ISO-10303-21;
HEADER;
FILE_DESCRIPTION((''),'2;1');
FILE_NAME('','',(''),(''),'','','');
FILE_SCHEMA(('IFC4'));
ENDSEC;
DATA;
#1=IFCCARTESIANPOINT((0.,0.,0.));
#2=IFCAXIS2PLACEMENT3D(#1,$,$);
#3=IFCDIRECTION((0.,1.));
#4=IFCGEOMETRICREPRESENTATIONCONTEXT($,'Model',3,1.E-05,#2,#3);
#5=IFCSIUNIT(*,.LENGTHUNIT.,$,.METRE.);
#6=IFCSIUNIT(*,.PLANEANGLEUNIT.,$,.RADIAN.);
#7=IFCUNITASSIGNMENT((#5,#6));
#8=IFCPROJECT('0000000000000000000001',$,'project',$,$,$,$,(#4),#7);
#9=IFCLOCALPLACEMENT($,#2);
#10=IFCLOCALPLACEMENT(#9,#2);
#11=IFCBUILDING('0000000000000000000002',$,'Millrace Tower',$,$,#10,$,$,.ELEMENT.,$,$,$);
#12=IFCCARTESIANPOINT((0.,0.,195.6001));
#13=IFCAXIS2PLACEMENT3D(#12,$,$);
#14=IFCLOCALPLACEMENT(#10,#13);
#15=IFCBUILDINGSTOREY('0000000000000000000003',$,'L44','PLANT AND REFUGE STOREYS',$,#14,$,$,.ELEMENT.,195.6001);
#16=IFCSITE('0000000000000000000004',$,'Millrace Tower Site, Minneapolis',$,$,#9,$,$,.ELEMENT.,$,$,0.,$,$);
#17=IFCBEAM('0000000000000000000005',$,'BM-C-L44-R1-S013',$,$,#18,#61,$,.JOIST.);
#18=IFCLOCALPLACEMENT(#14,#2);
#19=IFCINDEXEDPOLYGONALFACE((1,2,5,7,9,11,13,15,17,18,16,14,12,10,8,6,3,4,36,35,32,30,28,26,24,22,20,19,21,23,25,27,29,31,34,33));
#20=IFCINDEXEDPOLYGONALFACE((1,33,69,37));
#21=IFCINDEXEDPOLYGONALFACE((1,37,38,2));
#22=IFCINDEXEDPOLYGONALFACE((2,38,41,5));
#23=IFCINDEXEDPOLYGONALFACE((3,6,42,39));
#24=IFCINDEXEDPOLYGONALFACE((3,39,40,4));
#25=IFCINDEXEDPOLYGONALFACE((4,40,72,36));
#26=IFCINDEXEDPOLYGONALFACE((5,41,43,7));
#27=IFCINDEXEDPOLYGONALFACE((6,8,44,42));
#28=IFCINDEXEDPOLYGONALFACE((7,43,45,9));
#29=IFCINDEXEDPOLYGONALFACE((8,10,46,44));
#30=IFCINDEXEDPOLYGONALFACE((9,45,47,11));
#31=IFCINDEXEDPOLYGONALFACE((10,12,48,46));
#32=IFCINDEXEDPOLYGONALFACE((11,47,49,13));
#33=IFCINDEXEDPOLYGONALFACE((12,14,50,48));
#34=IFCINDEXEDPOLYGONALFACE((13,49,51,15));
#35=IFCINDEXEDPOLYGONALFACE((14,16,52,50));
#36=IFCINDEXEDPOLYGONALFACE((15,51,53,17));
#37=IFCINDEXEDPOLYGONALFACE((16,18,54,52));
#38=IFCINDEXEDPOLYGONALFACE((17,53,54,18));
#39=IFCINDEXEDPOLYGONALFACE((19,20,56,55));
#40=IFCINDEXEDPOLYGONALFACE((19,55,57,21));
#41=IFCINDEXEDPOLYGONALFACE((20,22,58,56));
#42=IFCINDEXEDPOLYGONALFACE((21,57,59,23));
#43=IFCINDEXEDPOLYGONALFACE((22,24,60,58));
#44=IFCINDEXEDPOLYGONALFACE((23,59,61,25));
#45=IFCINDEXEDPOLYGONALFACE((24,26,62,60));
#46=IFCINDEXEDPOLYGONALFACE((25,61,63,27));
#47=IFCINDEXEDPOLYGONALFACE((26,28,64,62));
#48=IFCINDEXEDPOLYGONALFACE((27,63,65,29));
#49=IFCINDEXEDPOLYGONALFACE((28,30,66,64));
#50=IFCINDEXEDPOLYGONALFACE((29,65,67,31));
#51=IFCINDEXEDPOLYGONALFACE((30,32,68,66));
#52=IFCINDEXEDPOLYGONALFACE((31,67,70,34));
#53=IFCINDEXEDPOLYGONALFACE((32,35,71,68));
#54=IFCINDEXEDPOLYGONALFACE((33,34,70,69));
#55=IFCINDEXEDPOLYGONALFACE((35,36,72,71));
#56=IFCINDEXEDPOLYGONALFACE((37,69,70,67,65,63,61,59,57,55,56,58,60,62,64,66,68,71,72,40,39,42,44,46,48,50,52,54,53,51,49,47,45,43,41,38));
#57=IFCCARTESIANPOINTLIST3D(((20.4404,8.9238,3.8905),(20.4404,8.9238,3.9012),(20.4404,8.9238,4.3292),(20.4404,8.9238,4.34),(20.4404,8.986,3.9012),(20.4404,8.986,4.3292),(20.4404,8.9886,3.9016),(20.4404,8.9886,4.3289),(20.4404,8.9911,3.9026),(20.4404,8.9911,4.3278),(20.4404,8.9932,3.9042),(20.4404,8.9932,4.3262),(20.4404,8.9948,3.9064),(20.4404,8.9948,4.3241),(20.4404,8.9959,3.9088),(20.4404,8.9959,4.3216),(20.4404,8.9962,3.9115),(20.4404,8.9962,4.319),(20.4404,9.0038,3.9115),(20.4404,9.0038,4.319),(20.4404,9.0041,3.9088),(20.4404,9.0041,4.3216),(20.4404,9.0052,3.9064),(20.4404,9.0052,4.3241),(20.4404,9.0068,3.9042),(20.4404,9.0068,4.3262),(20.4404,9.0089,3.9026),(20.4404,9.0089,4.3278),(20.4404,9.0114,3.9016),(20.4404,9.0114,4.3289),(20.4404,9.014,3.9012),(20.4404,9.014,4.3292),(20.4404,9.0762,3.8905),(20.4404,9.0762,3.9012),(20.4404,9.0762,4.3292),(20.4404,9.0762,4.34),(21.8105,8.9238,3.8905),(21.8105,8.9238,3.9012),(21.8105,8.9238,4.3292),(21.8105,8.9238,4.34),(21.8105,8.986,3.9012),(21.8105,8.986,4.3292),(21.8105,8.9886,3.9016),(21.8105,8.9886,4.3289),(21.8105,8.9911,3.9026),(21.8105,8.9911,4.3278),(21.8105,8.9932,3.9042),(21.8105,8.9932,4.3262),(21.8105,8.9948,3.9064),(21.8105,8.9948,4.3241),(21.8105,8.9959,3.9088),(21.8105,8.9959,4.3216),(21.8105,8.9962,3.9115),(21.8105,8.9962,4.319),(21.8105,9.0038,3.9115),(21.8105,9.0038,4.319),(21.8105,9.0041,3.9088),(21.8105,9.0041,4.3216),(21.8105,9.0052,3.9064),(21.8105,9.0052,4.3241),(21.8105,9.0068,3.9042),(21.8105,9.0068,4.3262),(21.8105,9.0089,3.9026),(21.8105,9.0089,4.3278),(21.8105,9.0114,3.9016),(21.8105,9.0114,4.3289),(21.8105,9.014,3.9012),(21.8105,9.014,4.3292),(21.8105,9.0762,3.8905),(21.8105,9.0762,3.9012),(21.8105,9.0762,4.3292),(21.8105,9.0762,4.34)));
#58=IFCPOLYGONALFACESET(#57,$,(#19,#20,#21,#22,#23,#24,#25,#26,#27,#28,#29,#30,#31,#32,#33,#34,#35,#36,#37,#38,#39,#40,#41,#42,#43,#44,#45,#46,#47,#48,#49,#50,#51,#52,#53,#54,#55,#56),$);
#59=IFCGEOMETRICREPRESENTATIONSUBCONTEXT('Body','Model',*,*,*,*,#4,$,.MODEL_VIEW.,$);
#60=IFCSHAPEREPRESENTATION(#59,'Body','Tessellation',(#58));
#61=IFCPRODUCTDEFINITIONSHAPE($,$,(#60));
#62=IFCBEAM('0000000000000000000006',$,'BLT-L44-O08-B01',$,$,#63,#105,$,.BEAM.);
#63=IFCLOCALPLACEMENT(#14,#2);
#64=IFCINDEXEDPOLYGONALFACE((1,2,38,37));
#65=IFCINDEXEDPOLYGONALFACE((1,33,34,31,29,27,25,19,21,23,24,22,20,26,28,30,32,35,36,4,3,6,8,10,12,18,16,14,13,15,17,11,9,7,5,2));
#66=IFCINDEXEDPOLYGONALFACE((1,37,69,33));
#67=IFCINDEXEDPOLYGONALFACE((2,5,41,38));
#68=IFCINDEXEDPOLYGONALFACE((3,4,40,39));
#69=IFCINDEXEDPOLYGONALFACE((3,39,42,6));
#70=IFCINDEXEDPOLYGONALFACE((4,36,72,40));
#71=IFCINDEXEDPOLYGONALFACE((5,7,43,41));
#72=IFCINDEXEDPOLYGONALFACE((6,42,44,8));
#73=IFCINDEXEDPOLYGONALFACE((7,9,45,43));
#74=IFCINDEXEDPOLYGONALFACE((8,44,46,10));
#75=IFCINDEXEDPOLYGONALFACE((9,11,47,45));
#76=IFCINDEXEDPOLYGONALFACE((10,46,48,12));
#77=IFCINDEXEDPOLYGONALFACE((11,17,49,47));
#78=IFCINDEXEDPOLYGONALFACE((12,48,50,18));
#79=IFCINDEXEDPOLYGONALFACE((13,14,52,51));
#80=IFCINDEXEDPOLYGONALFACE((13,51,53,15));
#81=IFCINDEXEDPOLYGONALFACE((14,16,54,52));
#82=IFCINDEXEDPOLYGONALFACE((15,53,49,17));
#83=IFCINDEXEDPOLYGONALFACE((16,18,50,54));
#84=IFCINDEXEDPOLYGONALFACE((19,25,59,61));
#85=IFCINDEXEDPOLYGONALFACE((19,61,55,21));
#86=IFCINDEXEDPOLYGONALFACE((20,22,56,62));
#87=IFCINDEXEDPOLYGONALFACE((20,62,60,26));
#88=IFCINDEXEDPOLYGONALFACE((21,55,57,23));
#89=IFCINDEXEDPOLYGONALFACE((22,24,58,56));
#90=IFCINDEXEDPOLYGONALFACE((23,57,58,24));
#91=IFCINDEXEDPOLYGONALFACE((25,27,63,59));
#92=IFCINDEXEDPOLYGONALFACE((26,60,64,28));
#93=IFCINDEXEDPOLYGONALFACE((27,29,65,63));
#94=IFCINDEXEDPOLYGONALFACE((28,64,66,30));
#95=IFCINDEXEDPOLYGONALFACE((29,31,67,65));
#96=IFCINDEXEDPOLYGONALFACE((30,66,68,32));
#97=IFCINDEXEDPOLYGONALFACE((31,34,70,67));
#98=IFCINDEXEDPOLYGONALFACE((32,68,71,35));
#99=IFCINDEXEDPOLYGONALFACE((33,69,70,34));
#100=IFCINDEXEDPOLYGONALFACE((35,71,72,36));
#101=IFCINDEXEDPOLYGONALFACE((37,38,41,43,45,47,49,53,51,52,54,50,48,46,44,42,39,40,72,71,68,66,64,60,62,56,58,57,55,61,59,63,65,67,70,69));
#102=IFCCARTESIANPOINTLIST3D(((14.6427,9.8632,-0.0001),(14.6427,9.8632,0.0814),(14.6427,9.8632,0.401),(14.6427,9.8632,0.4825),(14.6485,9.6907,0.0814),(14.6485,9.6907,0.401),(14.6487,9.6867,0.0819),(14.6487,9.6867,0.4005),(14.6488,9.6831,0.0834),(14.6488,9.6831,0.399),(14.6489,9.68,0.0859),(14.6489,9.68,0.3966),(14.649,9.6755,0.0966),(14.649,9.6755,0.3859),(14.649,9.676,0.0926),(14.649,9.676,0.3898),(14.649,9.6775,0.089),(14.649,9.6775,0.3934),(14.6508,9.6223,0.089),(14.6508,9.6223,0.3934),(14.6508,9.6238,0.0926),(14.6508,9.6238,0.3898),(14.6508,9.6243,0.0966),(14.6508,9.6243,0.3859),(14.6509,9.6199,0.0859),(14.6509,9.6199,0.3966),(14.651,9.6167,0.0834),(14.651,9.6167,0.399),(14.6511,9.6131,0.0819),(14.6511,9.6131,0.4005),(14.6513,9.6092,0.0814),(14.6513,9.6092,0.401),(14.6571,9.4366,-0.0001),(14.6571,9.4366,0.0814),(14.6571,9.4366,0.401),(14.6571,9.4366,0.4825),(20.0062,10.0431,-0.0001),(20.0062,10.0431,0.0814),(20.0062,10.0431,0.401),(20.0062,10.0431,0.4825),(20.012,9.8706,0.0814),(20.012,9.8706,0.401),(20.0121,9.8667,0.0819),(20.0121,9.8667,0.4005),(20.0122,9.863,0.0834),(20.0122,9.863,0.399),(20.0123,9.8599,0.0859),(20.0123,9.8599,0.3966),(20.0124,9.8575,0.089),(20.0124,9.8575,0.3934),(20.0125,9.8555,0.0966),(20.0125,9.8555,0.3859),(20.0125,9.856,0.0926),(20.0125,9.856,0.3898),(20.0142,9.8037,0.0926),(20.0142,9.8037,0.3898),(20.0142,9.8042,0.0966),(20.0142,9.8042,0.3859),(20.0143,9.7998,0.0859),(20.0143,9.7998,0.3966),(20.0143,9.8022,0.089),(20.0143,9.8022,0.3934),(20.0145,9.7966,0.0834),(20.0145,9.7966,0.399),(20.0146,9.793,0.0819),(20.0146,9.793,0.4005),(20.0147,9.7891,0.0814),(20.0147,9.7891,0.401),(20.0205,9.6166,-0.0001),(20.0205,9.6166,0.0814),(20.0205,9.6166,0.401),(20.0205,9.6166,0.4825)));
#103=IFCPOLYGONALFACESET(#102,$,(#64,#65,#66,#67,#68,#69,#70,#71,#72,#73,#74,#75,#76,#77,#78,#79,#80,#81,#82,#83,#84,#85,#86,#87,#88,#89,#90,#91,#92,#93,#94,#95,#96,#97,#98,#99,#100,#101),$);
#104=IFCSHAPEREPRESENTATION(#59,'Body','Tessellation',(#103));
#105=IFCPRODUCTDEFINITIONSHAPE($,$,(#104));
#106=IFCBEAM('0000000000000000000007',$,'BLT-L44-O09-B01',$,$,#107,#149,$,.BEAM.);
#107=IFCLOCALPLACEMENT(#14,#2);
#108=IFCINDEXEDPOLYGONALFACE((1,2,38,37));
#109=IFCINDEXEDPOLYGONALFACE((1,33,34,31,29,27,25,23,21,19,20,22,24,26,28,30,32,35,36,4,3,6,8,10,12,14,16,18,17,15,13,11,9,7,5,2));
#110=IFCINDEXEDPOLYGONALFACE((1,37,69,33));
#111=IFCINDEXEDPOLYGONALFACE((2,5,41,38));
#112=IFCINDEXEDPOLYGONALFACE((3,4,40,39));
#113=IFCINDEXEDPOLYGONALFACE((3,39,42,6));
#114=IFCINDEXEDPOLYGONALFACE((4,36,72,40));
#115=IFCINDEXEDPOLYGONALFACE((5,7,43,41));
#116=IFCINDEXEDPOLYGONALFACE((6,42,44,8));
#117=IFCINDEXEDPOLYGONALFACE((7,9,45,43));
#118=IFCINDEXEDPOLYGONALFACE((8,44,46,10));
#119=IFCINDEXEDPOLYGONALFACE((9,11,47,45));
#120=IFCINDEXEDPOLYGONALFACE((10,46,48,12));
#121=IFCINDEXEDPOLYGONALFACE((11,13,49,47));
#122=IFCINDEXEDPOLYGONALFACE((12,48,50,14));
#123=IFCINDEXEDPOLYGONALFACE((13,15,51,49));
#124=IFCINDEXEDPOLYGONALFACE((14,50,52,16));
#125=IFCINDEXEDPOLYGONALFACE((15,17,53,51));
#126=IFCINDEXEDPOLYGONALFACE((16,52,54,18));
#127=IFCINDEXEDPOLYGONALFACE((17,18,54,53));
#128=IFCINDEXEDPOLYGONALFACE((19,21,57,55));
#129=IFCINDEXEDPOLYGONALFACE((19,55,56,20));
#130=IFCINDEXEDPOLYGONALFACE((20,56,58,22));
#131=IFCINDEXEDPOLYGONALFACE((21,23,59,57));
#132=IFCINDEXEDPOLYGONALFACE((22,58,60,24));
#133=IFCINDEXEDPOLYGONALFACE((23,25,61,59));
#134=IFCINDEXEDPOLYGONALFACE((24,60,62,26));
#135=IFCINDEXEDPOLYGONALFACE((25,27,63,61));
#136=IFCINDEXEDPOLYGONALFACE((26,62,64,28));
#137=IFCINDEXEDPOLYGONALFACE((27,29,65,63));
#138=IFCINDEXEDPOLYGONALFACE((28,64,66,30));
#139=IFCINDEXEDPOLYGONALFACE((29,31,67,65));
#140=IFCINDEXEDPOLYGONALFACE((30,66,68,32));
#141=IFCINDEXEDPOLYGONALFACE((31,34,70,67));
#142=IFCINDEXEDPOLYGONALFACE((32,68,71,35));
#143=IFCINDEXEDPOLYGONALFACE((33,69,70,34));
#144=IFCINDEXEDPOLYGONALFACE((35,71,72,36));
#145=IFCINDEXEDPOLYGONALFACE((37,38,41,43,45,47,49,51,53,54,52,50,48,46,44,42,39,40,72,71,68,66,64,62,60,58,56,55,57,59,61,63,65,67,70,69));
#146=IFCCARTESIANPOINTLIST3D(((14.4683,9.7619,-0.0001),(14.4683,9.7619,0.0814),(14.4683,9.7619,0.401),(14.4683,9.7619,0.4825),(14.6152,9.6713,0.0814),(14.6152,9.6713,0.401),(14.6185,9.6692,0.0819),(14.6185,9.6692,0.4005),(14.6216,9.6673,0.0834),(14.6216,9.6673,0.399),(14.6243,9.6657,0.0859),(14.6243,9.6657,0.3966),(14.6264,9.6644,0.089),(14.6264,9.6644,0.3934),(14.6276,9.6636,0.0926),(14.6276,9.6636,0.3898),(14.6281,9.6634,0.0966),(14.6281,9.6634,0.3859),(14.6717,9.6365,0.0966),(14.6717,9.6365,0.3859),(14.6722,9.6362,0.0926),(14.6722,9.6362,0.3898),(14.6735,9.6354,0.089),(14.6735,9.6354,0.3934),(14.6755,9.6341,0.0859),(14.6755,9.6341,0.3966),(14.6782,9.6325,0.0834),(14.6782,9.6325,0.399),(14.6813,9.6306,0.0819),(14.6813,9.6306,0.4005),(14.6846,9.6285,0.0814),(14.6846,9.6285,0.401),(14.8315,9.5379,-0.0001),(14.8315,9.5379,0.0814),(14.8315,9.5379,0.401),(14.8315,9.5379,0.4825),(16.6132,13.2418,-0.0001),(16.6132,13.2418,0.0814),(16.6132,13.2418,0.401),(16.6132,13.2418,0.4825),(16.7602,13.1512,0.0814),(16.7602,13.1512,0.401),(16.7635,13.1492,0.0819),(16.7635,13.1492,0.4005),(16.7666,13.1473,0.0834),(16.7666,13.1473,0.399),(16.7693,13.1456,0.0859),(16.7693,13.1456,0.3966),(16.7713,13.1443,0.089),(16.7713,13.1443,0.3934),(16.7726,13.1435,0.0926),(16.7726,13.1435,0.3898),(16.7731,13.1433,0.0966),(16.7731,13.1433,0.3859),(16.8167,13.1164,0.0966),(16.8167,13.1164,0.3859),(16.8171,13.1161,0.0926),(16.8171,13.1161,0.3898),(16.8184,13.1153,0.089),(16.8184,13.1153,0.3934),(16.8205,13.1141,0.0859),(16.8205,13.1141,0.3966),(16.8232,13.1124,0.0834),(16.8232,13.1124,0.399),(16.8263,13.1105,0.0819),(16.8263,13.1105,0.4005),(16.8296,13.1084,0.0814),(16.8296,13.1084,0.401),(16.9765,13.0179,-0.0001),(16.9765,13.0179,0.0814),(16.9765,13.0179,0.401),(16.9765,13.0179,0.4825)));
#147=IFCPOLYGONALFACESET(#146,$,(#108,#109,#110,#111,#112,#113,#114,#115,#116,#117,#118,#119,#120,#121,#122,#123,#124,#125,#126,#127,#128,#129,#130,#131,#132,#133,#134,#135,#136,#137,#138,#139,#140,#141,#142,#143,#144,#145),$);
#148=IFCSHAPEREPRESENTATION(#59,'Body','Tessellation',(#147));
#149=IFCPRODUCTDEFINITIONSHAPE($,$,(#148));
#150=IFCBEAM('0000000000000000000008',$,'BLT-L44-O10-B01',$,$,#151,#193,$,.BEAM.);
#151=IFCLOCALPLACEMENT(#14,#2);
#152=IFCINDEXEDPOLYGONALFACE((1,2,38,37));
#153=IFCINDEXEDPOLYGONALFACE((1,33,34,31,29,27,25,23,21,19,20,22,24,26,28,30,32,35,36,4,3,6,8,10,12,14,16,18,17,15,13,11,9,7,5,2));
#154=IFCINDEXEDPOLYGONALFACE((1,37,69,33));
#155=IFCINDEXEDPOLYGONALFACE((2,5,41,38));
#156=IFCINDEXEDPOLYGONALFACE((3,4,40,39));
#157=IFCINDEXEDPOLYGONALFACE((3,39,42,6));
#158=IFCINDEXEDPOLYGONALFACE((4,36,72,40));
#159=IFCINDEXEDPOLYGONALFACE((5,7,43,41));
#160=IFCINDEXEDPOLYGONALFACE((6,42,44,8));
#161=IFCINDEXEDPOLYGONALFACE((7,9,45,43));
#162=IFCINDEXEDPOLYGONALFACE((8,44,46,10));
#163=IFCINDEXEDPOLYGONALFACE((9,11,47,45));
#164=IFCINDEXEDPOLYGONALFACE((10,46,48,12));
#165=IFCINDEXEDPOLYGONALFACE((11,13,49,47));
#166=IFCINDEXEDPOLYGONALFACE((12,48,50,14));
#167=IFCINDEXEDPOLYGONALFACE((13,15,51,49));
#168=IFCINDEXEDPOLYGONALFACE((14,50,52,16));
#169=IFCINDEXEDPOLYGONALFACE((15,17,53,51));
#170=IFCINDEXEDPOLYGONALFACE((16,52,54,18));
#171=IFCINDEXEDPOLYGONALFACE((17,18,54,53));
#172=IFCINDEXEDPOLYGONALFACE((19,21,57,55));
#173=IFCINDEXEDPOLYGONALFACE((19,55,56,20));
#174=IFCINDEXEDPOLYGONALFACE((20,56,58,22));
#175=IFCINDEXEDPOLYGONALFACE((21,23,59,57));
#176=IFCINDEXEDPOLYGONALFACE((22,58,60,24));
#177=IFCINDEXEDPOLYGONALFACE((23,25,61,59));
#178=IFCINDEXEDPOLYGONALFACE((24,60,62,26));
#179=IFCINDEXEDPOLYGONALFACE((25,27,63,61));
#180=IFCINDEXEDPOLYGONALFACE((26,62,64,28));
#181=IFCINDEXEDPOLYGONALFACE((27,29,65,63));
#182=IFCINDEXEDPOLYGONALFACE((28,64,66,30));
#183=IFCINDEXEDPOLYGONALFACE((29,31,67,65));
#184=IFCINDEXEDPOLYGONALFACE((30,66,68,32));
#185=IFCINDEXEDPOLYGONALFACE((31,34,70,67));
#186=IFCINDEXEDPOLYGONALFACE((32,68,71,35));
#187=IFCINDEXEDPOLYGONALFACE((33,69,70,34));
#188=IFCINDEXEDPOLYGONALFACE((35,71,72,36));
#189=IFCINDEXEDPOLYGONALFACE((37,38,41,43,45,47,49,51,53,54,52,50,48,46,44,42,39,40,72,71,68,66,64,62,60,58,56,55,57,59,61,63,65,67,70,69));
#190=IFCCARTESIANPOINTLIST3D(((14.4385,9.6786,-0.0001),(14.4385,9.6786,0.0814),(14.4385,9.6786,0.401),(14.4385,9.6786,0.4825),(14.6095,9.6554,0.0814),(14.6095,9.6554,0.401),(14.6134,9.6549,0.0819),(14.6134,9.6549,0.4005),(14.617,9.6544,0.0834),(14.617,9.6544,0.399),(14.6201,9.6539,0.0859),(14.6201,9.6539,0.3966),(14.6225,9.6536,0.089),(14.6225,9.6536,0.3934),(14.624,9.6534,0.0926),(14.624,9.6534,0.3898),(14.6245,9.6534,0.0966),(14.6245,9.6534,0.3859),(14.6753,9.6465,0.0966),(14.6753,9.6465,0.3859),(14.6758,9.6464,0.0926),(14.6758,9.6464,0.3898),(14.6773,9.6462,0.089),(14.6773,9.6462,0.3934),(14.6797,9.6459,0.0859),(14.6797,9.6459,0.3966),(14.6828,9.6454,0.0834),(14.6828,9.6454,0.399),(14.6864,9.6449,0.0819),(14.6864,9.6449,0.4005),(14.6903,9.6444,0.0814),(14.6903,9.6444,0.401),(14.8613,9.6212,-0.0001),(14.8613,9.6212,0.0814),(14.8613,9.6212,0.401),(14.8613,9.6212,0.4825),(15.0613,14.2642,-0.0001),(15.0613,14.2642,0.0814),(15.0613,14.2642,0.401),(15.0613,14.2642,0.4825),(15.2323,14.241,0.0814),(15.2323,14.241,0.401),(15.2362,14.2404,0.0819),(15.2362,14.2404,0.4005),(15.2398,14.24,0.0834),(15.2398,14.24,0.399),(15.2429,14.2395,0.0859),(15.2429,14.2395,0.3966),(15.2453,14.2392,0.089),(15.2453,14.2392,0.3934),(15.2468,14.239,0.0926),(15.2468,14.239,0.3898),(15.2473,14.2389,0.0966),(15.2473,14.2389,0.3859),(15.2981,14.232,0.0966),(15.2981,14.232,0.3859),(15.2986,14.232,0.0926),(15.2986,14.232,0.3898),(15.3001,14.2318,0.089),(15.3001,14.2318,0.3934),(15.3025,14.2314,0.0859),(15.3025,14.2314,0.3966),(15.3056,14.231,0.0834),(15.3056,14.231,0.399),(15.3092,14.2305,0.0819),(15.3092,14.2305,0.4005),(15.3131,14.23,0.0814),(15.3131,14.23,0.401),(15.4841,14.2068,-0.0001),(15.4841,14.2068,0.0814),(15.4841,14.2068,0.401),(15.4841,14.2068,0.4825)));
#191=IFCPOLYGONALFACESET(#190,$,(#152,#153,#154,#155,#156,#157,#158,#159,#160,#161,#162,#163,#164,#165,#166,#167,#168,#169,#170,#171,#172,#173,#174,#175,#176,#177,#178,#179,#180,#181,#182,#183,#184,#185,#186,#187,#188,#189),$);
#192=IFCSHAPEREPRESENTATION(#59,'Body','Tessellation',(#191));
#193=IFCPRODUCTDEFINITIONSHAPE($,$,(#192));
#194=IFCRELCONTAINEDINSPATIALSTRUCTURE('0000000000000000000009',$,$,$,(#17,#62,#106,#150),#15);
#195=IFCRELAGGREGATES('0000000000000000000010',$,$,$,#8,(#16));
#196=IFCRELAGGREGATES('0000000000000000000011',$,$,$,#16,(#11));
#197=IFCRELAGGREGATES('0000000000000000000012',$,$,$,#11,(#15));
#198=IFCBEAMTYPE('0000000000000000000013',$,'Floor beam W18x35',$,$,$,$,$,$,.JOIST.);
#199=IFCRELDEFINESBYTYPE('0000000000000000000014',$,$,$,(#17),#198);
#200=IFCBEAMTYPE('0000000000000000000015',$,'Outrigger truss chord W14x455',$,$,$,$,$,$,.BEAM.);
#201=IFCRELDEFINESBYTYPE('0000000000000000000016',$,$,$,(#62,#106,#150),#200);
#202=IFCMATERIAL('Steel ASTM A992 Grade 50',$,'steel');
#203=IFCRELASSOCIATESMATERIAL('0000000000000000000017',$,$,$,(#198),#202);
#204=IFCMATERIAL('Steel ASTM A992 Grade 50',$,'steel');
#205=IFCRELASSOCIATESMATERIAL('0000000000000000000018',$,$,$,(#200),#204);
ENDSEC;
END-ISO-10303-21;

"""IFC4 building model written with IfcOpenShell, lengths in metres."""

from ifc_helpers import new_model, si_unit, direction, frame, origin, origin_2d, place, context, subcontext, project, spatial, i_section, extrude, material, material_profile, profile_set, type_object, element, save


model = new_model("IFC4")

# Units and contexts
model_context = context("Model", 3, precision=1e-05, world=origin(), true_north=direction((0.0, 1.0)))
body_context = subcontext(model_context, "Body", "Model", "MODEL_VIEW")
ifc_project = project(units=[si_unit("LENGTHUNIT", "METRE"), si_unit("PLANEANGLEUNIT", "RADIAN")], contexts=[model_context])

# Site, building, storey
site_placement = place(None, origin())
site = spatial("IfcSite", under=ifc_project, at=site_placement, Name="Millrace Tower Site, Minneapolis", CompositionType="ELEMENT", RefElevation=0.0)
building_placement = place(site_placement, origin())
building = spatial("IfcBuilding", under=site, at=building_placement, Name="Millrace Tower", CompositionType="ELEMENT")
storey_placement = place(building_placement, frame((0.0, 0.0, 195.6001)))
storey = spatial("IfcBuildingStorey", under=building, at=storey_placement, Name="L44", Description="PLANT AND REFUGE STOREYS", CompositionType="ELEMENT", Elevation=195.6001)

# Beams
ifc_material_1 = material(Name="Steel ASTM A992 Grade 50", Category="steel")
ifc_material_profile_1 = material_profile(ifc_material_1, i_section(OverallWidth=0.1523, OverallDepth=0.4495, WebThickness=0.0076, FlangeThickness=0.0107, FilletRadius=0.0103, at=origin_2d()))
ifc_profile_set_1 = profile_set([ifc_material_profile_1], Name="Steel ASTM A992 Grade 50")
beam_type_1 = type_object("IfcBeamType", Name="Floor beam W18x35", PredefinedType="JOIST", material=ifc_profile_set_1)
for number, where, z_axis, x_axis, name in (
    (1, (20.4404, 9.0, 4.1152), (1.0, 0.0, 0.0), (0.0, 1.0, 0.0), "BM-C-L44-R1-S013"),
):
    element("IfcBeam", number, at=place(storey_placement, frame(where, z_axis=z_axis, x_axis=x_axis)), inside=storey, type_object=beam_type_1, Name=name, PredefinedType="JOIST", context=body_context, shape_type="SweptSolid", body=[
        extrude(i_section(OverallWidth=0.1523, OverallDepth=0.4495, WebThickness=0.0076, FlangeThickness=0.0107, FilletRadius=0.0103, at=origin_2d()), origin(), (0.0, 0.0, 1.0), 1.3701),
    ])
ifc_material_2 = material(Name="Steel ASTM A992 Grade 50", Category="steel")
ifc_material_profile_2 = material_profile(ifc_material_2, i_section(OverallWidth=0.4268, OverallDepth=0.4827, WebThickness=0.0513, FlangeThickness=0.0815, FilletRadius=0.0151, at=origin_2d()))
ifc_profile_set_2 = profile_set([ifc_material_profile_2], Name="Steel ASTM A992 Grade 50")
beam_type_2 = type_object("IfcBeamType", Name="Outrigger truss chord W14x455", PredefinedType="BEAM", material=ifc_profile_set_2)
beam_1_placement = place(storey_placement, frame((14.6499, 9.6499, 0.2412), z_axis=(0.999438, 0.033528, 0.0), x_axis=(-0.033528, 0.999438, 0.0)))
element("IfcBeam", 2, at=beam_1_placement, inside=storey, type_object=beam_type_2, Name="BLT-L44-O08-B01", PredefinedType="BEAM", context=body_context, shape_type="SweptSolid", body=[
    extrude(i_section(OverallWidth=0.4268, OverallDepth=0.4827, WebThickness=0.0513, FlangeThickness=0.0815, FilletRadius=0.0151, at=origin_2d()), origin(), (0.0, 0.0, 1.0), 5.3665),
])
beam_2_placement = place(storey_placement, frame((14.6499, 9.6499, 0.2412), z_axis=(0.524717, 0.851277, 0.0), x_axis=(-0.851277, 0.524717, 0.0)))
element("IfcBeam", 3, at=beam_2_placement, inside=storey, type_object=beam_type_2, Name="BLT-L44-O09-B01", PredefinedType="BEAM", context=body_context, shape_type="SweptSolid", body=[
    extrude(i_section(OverallWidth=0.4268, OverallDepth=0.4827, WebThickness=0.0513, FlangeThickness=0.0815, FilletRadius=0.0151, at=origin_2d()), origin(), (0.0, 0.0, 1.0), 4.0879),
])
beam_3_placement = place(storey_placement, frame((14.6499, 9.6499, 0.2412), z_axis=(0.134579, 0.990903, 0.0), x_axis=(-0.990903, 0.134579, 0.0)))
element("IfcBeam", 4, at=beam_3_placement, inside=storey, type_object=beam_type_2, Name="BLT-L44-O10-B01", PredefinedType="BEAM", context=body_context, shape_type="SweptSolid", body=[
    extrude(i_section(OverallWidth=0.4268, OverallDepth=0.4827, WebThickness=0.0513, FlangeThickness=0.0815, FilletRadius=0.0151, at=origin_2d()), origin(), (0.0, 0.0, 1.0), 4.6277),
])

save(model, "model.ifc")
